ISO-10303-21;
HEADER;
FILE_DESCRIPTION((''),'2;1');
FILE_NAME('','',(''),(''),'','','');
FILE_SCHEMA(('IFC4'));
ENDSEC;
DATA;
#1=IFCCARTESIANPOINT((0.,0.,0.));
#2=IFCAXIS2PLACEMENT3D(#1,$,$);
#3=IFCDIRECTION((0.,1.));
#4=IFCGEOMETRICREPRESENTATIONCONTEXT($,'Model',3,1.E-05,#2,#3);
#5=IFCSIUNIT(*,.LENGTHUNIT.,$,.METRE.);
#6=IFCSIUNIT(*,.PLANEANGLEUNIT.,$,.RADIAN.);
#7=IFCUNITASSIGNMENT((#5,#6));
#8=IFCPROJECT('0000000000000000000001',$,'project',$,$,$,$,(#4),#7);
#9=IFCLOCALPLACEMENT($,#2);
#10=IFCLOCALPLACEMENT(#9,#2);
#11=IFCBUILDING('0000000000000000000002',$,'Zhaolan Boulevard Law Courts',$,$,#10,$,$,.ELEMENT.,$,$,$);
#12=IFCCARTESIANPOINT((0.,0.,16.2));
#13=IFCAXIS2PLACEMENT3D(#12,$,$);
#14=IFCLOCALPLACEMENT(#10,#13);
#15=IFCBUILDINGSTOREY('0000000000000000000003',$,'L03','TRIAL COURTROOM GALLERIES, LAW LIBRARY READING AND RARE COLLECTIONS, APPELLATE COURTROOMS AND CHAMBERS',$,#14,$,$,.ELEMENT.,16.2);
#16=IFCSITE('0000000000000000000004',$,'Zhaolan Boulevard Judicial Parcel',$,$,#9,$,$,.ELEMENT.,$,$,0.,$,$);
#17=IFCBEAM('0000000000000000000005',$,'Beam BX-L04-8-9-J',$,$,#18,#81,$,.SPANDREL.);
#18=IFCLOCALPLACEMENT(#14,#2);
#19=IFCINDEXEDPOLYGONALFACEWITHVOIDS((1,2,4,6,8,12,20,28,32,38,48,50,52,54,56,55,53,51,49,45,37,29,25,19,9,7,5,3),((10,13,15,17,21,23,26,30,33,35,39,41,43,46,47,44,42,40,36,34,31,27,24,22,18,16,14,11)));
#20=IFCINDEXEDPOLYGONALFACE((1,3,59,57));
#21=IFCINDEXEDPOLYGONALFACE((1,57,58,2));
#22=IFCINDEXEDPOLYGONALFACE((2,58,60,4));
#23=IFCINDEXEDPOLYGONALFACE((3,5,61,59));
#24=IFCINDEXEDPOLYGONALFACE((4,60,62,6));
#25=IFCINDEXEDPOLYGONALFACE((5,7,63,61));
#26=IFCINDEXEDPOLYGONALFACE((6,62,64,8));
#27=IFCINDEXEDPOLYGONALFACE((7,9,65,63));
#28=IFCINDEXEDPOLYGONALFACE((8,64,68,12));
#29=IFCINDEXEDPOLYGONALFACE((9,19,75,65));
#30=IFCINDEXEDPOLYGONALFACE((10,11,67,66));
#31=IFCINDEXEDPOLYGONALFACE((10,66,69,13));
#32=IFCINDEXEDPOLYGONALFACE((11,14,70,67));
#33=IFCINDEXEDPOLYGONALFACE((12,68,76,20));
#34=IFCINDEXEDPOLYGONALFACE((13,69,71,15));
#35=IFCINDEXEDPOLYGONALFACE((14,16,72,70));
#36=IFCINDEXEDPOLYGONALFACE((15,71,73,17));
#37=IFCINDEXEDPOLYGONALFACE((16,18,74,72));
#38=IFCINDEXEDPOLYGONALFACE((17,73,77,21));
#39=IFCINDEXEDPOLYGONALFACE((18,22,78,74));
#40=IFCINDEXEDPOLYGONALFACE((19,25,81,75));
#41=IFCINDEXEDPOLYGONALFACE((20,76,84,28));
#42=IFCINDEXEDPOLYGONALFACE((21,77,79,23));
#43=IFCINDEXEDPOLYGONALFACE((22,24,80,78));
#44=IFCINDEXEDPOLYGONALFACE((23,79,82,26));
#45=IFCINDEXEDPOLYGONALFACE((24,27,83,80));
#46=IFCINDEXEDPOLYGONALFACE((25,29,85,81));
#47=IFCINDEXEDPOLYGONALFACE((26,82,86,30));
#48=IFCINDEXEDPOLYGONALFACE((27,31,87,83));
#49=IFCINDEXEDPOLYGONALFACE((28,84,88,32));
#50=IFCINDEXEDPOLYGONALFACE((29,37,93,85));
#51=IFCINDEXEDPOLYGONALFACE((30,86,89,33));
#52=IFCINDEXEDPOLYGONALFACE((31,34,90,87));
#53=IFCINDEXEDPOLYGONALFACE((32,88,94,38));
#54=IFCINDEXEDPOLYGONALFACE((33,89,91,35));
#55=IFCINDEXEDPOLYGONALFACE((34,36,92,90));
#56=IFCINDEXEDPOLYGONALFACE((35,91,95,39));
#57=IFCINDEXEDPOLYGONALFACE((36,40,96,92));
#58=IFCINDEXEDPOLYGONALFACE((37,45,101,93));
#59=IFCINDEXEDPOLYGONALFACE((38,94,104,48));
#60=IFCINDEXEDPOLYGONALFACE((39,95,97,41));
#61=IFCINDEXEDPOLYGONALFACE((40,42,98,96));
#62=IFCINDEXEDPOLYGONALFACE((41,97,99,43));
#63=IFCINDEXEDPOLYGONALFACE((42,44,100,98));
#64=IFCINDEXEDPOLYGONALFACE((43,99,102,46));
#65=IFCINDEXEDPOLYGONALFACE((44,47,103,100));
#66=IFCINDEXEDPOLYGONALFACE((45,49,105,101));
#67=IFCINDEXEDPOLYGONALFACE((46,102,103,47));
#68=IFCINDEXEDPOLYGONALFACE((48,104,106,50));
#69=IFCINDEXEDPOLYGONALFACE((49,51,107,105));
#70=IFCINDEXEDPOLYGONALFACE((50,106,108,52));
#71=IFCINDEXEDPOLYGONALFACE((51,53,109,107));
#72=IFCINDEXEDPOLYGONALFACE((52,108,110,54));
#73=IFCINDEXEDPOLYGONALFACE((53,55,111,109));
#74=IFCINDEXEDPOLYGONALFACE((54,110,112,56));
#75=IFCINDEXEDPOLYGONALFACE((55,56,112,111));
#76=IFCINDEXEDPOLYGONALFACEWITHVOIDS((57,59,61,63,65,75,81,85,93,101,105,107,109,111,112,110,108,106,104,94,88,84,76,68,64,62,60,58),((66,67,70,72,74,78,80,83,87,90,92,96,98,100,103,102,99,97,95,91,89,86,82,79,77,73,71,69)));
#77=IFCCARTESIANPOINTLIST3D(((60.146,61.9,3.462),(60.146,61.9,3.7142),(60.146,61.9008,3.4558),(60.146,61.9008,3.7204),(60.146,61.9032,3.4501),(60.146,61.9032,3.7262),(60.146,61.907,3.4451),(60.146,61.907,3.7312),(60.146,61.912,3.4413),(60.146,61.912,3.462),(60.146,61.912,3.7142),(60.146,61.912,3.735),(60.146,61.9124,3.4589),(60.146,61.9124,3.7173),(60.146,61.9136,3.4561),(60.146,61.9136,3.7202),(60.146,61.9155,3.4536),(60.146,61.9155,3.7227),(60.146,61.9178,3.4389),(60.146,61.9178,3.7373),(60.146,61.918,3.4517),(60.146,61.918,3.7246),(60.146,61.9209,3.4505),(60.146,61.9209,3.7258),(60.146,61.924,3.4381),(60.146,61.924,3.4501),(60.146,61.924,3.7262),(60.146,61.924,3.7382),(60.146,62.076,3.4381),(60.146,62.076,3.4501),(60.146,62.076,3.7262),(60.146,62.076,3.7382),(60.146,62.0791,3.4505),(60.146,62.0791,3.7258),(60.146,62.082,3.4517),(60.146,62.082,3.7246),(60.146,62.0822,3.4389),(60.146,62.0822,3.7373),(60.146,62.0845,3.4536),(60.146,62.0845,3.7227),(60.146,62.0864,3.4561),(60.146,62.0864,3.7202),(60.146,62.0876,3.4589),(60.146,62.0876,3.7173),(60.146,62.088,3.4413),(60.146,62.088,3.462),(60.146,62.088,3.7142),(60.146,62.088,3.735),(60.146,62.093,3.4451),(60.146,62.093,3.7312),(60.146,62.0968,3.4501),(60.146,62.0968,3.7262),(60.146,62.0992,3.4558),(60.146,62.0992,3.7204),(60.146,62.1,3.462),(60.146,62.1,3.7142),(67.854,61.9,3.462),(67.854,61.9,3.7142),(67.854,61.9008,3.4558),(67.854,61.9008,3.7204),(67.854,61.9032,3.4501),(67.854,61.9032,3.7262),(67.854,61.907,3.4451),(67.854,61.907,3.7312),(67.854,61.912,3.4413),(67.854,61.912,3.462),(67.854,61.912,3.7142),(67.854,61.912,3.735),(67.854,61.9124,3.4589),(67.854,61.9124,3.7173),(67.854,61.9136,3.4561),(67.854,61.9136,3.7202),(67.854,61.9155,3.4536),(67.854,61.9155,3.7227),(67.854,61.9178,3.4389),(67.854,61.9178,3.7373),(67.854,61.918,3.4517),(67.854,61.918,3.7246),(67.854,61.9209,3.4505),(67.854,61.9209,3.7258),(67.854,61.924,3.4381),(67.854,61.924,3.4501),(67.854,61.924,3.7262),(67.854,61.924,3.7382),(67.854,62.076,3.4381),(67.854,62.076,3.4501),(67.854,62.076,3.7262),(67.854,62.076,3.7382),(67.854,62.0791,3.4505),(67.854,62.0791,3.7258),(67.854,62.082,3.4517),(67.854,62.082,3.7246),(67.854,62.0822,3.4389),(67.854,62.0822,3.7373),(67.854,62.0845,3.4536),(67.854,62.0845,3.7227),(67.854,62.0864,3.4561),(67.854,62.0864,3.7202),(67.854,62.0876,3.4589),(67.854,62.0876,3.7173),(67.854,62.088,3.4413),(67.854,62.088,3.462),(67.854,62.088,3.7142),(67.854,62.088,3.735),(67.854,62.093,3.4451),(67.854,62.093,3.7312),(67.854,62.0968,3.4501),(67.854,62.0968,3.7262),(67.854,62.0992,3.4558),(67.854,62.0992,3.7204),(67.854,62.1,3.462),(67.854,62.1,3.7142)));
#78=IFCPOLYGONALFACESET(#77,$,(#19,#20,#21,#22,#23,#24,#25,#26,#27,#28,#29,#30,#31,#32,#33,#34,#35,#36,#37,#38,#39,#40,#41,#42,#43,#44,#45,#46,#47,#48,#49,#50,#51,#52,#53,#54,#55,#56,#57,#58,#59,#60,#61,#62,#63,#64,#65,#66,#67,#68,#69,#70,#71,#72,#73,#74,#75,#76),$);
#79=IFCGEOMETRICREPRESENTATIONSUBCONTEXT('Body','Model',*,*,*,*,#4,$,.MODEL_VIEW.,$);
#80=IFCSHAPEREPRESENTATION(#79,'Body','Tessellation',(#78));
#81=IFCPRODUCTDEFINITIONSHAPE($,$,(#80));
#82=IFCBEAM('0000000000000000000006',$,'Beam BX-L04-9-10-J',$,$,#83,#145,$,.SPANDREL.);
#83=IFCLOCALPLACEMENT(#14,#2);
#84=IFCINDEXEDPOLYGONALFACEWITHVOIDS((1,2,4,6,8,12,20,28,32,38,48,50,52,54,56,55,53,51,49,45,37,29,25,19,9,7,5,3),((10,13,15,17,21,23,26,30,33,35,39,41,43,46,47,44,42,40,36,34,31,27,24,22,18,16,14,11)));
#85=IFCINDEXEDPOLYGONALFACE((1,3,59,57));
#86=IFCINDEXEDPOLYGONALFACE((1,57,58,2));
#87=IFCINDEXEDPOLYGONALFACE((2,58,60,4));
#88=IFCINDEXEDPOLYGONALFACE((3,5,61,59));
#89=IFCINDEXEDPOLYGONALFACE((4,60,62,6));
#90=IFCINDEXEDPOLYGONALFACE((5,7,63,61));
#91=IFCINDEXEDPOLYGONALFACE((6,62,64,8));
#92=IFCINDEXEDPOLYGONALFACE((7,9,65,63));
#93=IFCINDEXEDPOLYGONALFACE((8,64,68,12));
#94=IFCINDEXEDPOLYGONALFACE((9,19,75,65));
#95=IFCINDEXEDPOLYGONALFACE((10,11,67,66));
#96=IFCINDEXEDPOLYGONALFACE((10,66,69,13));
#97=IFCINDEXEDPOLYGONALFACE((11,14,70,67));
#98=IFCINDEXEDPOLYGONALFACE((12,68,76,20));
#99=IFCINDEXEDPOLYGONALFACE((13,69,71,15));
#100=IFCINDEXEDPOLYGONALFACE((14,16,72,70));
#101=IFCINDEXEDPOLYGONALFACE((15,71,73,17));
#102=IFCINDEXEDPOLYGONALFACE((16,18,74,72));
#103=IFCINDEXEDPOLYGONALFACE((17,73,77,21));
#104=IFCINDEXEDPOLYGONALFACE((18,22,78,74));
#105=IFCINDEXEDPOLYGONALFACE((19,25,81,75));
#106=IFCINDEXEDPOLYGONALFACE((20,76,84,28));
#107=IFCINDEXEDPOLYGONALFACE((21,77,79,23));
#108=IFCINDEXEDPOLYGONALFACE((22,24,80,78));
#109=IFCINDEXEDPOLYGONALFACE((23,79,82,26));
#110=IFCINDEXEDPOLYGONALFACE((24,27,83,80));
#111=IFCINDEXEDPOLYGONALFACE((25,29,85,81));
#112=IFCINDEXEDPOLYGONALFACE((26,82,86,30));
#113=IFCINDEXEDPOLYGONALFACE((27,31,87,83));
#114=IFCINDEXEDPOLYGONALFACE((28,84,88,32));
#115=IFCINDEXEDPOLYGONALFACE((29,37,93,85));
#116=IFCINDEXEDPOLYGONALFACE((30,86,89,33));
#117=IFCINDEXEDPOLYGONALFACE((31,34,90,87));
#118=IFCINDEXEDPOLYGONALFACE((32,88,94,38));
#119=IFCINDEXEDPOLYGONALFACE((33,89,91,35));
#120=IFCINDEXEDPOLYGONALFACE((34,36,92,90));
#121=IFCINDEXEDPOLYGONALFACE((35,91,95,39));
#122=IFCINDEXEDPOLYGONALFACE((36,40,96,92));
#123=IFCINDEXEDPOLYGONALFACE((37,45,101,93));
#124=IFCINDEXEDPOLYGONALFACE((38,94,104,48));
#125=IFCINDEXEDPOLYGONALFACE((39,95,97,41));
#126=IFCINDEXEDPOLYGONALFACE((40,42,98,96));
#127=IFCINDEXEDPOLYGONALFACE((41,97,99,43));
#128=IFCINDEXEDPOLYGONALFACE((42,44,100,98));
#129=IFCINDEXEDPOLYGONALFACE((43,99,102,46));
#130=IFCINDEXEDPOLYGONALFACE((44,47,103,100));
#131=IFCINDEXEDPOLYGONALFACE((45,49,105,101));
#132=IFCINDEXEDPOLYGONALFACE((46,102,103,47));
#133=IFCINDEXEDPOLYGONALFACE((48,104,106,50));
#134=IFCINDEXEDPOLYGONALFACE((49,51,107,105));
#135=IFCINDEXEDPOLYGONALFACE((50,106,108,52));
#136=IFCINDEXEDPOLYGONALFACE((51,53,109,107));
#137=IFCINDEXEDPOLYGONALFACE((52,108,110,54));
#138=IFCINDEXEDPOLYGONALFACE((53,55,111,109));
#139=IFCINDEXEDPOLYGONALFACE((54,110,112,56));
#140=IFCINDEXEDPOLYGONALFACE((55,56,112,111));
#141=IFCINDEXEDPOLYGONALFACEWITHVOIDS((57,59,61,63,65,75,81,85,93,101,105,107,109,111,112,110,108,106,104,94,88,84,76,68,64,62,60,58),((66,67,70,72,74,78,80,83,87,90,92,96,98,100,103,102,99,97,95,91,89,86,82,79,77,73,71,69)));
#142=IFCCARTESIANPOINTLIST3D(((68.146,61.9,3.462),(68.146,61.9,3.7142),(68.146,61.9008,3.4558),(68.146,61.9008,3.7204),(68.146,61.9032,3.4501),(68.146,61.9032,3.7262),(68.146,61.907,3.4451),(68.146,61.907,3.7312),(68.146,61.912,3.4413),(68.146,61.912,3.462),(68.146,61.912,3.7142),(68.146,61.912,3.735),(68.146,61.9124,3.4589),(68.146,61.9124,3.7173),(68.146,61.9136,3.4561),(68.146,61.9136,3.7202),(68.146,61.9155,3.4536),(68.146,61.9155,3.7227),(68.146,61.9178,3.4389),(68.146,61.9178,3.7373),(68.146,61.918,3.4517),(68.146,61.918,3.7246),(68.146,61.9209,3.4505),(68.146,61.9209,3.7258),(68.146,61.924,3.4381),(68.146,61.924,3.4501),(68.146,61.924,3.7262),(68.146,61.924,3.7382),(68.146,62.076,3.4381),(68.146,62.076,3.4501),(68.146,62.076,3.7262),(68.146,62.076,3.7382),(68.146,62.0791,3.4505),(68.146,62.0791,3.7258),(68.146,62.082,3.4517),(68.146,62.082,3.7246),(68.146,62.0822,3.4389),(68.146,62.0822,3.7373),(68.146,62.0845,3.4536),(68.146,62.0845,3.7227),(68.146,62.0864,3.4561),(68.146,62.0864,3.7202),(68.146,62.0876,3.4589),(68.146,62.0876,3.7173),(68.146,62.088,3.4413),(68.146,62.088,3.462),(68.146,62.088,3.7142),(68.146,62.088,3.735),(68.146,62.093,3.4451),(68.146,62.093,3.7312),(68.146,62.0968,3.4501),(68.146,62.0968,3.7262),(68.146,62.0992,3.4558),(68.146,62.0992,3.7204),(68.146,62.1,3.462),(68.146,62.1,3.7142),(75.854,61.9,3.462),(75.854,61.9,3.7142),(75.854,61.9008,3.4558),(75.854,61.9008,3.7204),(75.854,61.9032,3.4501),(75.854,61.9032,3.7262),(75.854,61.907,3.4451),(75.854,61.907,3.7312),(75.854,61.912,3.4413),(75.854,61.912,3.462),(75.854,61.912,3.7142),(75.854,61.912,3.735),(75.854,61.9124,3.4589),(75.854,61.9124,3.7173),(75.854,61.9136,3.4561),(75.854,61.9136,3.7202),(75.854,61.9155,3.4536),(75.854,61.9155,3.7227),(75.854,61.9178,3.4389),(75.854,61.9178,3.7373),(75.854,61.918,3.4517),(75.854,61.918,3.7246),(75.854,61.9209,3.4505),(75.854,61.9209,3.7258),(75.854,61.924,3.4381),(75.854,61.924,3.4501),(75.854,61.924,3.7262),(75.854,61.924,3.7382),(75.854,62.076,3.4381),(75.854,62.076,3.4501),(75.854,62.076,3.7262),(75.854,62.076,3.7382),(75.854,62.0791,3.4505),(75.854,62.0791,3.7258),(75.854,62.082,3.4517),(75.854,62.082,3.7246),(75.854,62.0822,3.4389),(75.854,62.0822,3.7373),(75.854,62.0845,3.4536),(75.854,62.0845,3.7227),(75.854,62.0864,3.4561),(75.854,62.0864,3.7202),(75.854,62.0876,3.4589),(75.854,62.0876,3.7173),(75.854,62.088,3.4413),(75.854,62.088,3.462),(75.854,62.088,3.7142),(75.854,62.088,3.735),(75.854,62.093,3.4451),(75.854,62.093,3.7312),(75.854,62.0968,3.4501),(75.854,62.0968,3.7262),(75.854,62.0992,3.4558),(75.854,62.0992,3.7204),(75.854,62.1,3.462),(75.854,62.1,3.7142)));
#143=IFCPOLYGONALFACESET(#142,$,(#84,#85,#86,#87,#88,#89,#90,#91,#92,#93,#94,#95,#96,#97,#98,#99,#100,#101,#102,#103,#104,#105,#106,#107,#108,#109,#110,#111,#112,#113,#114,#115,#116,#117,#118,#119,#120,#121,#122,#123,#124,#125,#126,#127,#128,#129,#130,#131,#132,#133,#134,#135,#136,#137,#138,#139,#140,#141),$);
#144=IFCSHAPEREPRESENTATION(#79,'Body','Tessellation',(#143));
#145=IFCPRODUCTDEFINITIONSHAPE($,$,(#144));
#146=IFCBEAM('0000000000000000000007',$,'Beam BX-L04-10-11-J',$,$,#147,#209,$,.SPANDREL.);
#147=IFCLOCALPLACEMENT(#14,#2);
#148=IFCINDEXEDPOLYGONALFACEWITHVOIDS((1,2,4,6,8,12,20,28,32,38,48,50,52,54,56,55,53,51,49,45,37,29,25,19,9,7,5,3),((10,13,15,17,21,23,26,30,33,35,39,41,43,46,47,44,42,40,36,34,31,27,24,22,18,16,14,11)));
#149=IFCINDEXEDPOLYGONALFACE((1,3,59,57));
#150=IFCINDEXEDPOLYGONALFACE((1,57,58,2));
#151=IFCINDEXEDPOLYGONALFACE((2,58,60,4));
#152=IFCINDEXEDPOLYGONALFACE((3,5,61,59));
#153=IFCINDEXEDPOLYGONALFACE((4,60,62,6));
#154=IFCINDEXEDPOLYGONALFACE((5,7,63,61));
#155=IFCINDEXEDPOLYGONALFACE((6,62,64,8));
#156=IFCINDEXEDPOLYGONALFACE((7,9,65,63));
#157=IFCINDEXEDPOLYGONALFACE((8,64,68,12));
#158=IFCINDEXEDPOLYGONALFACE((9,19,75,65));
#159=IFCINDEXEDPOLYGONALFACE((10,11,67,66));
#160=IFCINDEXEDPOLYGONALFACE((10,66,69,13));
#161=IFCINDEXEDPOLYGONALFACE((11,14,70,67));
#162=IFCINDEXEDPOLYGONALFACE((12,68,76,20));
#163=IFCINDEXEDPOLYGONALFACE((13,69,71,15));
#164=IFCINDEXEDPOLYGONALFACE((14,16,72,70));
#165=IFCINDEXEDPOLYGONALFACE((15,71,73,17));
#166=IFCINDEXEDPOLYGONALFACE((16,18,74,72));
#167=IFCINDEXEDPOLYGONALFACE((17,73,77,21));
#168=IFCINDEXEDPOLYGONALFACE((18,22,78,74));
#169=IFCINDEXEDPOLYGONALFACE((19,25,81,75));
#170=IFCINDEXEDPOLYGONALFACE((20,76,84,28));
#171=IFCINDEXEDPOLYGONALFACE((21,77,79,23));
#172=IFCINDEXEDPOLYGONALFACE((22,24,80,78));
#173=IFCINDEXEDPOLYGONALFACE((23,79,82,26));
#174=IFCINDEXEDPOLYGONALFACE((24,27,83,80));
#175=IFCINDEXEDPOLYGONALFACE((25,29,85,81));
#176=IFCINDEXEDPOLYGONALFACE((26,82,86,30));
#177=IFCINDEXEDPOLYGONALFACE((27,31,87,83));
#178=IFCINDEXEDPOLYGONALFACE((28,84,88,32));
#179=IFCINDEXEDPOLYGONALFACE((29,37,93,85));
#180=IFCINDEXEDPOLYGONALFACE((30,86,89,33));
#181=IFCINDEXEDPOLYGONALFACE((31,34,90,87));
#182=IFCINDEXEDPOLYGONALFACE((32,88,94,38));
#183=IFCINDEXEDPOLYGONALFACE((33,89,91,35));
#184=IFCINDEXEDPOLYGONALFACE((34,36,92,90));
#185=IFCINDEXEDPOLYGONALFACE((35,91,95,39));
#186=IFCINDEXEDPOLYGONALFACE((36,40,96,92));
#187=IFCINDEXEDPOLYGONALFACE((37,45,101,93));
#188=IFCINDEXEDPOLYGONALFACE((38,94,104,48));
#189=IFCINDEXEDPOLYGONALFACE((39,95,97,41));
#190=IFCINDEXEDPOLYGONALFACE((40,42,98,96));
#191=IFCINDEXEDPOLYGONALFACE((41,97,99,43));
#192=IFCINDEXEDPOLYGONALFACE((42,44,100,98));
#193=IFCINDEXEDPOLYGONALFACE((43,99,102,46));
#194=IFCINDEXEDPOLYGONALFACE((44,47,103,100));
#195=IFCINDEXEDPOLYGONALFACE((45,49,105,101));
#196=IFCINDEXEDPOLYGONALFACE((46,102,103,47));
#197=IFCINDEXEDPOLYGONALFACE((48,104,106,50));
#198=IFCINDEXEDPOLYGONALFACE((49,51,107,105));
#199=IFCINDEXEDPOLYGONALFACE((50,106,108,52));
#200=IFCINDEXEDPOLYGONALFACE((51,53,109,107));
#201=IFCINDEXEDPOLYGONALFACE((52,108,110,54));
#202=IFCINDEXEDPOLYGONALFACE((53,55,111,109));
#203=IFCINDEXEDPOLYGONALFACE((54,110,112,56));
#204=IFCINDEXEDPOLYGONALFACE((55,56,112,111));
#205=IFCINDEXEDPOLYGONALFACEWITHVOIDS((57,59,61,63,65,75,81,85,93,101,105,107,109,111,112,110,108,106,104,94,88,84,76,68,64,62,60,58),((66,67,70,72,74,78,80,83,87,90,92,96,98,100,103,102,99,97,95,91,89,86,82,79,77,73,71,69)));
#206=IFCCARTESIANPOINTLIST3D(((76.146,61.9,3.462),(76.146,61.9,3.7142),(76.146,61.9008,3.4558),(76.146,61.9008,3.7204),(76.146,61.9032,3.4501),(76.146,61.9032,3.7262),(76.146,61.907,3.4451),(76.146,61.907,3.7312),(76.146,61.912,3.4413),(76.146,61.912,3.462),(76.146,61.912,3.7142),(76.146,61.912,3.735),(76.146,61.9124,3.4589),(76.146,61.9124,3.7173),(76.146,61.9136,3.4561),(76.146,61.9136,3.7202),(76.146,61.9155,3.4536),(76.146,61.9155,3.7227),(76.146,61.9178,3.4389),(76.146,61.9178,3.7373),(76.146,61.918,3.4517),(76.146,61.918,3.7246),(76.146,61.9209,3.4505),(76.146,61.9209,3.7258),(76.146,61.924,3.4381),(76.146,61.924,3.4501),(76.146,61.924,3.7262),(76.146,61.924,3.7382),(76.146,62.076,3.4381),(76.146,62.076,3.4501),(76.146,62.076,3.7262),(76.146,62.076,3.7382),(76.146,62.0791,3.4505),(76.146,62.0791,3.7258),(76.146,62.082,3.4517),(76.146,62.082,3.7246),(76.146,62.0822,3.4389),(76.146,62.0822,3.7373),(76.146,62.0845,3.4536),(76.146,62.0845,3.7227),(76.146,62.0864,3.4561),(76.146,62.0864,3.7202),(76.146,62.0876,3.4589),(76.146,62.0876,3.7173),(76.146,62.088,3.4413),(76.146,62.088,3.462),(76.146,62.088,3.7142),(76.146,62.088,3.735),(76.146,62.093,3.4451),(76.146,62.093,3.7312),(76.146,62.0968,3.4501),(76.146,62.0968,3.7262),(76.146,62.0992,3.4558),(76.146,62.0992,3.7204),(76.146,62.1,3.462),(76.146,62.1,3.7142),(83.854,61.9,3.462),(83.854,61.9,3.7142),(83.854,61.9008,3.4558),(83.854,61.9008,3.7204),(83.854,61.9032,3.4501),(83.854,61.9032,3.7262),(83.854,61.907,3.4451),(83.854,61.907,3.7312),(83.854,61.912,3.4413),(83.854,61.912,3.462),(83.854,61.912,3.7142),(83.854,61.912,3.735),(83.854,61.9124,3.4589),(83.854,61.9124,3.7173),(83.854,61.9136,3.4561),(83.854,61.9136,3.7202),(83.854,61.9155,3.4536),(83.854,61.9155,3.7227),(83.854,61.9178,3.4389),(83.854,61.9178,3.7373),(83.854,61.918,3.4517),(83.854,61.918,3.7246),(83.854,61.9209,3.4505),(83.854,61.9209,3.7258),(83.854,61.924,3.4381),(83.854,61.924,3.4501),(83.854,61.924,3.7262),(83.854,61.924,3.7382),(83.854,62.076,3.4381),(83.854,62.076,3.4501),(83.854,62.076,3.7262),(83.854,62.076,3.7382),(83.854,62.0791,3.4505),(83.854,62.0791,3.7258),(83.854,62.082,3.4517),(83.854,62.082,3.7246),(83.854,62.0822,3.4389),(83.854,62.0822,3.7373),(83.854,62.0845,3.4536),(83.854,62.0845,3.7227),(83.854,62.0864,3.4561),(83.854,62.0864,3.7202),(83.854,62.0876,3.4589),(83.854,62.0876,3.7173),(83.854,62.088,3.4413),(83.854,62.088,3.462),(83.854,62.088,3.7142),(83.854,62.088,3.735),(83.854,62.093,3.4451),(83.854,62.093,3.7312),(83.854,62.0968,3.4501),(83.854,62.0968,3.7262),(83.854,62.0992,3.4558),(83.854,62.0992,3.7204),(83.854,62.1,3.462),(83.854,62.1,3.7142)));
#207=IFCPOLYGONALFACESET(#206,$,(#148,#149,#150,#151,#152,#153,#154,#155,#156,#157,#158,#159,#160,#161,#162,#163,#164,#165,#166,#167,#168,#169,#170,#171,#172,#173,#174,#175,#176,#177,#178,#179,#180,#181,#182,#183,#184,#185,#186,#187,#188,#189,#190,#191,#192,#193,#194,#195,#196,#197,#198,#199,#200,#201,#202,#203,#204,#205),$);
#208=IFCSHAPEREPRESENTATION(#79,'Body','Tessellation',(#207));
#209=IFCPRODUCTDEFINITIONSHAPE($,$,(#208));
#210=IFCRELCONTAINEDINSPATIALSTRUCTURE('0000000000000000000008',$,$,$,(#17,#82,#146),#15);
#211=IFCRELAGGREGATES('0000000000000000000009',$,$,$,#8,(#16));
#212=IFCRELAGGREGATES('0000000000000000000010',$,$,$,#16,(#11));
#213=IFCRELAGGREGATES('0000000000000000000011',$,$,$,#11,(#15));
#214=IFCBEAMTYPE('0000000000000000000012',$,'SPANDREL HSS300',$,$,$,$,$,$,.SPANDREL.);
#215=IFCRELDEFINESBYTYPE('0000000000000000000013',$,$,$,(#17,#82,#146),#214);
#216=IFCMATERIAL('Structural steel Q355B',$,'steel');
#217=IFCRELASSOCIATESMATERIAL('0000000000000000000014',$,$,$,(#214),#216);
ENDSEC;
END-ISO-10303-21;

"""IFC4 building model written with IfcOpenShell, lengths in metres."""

from ifc_helpers import new_model, si_unit, direction, frame, origin, origin_2d, place, context, subcontext, project, spatial, hollow_rectangle, extrude, material, material_profile, profile_set, type_object, element, save


model = new_model("IFC4")

# Units and contexts
model_context = context("Model", 3, precision=1e-05, world=origin(), true_north=direction((0.0, 1.0)))
body_context = subcontext(model_context, "Body", "Model", "MODEL_VIEW")
ifc_project = project(units=[si_unit("LENGTHUNIT", "METRE"), si_unit("PLANEANGLEUNIT", "RADIAN")], contexts=[model_context])

# Site, building, storey
site_placement = place(None, origin())
site = spatial("IfcSite", under=ifc_project, at=site_placement, Name="Zhaolan Boulevard Judicial Parcel", CompositionType="ELEMENT", RefElevation=0.0)
building_placement = place(site_placement, origin())
building = spatial("IfcBuilding", under=site, at=building_placement, Name="Zhaolan Boulevard Law Courts", CompositionType="ELEMENT")
storey_placement = place(building_placement, frame((0.0, 0.0, 16.2)))
storey = spatial("IfcBuildingStorey", under=building, at=storey_placement, Name="L03", Description="TRIAL COURTROOM GALLERIES, LAW LIBRARY READING AND RARE COLLECTIONS, APPELLATE COURTROOMS AND CHAMBERS", CompositionType="ELEMENT", Elevation=16.2)

# Beams
ifc_material_1 = material(Name="Structural steel Q355B", Category="steel")
ifc_material_profile_1 = material_profile(ifc_material_1, hollow_rectangle(XDim=0.2, YDim=0.3, WallThickness=0.012, InnerFilletRadius=0.012, OuterFilletRadius=0.0239, at=origin_2d()), Name="HSS300x200x12")
ifc_profile_set_1 = profile_set([ifc_material_profile_1], Name="Structural steel Q355B")
beam_type_1 = type_object("IfcBeamType", Name="SPANDREL HSS300", PredefinedType="SPANDREL", material=ifc_profile_set_1)
for number, where, z_axis, x_axis, name in (
    (1, (60.146, 62.0, 3.5881), (1.0, 0.0, 0.0), (0.0, 1.0, 0.0), "Beam BX-L04-8-9-J"),
    (2, (68.146, 62.0, 3.5881), (1.0, 0.0, 0.0), (0.0, 1.0, 0.0), "Beam BX-L04-9-10-J"),
    (3, (76.146, 62.0, 3.5881), (1.0, 0.0, 0.0), (0.0, 1.0, 0.0), "Beam BX-L04-10-11-J"),
):
    element("IfcBeam", number, at=place(storey_placement, frame(where, z_axis=z_axis, x_axis=x_axis)), inside=storey, type_object=beam_type_1, Name=name, PredefinedType="SPANDREL", context=body_context, shape_type="SweptSolid", body=[
        extrude(hollow_rectangle(XDim=0.2, YDim=0.3, WallThickness=0.012, InnerFilletRadius=0.012, OuterFilletRadius=0.0239, at=origin_2d()), origin(), (0.0, 0.0, 1.0), 7.708),
    ])

save(model, "model.ifc")
